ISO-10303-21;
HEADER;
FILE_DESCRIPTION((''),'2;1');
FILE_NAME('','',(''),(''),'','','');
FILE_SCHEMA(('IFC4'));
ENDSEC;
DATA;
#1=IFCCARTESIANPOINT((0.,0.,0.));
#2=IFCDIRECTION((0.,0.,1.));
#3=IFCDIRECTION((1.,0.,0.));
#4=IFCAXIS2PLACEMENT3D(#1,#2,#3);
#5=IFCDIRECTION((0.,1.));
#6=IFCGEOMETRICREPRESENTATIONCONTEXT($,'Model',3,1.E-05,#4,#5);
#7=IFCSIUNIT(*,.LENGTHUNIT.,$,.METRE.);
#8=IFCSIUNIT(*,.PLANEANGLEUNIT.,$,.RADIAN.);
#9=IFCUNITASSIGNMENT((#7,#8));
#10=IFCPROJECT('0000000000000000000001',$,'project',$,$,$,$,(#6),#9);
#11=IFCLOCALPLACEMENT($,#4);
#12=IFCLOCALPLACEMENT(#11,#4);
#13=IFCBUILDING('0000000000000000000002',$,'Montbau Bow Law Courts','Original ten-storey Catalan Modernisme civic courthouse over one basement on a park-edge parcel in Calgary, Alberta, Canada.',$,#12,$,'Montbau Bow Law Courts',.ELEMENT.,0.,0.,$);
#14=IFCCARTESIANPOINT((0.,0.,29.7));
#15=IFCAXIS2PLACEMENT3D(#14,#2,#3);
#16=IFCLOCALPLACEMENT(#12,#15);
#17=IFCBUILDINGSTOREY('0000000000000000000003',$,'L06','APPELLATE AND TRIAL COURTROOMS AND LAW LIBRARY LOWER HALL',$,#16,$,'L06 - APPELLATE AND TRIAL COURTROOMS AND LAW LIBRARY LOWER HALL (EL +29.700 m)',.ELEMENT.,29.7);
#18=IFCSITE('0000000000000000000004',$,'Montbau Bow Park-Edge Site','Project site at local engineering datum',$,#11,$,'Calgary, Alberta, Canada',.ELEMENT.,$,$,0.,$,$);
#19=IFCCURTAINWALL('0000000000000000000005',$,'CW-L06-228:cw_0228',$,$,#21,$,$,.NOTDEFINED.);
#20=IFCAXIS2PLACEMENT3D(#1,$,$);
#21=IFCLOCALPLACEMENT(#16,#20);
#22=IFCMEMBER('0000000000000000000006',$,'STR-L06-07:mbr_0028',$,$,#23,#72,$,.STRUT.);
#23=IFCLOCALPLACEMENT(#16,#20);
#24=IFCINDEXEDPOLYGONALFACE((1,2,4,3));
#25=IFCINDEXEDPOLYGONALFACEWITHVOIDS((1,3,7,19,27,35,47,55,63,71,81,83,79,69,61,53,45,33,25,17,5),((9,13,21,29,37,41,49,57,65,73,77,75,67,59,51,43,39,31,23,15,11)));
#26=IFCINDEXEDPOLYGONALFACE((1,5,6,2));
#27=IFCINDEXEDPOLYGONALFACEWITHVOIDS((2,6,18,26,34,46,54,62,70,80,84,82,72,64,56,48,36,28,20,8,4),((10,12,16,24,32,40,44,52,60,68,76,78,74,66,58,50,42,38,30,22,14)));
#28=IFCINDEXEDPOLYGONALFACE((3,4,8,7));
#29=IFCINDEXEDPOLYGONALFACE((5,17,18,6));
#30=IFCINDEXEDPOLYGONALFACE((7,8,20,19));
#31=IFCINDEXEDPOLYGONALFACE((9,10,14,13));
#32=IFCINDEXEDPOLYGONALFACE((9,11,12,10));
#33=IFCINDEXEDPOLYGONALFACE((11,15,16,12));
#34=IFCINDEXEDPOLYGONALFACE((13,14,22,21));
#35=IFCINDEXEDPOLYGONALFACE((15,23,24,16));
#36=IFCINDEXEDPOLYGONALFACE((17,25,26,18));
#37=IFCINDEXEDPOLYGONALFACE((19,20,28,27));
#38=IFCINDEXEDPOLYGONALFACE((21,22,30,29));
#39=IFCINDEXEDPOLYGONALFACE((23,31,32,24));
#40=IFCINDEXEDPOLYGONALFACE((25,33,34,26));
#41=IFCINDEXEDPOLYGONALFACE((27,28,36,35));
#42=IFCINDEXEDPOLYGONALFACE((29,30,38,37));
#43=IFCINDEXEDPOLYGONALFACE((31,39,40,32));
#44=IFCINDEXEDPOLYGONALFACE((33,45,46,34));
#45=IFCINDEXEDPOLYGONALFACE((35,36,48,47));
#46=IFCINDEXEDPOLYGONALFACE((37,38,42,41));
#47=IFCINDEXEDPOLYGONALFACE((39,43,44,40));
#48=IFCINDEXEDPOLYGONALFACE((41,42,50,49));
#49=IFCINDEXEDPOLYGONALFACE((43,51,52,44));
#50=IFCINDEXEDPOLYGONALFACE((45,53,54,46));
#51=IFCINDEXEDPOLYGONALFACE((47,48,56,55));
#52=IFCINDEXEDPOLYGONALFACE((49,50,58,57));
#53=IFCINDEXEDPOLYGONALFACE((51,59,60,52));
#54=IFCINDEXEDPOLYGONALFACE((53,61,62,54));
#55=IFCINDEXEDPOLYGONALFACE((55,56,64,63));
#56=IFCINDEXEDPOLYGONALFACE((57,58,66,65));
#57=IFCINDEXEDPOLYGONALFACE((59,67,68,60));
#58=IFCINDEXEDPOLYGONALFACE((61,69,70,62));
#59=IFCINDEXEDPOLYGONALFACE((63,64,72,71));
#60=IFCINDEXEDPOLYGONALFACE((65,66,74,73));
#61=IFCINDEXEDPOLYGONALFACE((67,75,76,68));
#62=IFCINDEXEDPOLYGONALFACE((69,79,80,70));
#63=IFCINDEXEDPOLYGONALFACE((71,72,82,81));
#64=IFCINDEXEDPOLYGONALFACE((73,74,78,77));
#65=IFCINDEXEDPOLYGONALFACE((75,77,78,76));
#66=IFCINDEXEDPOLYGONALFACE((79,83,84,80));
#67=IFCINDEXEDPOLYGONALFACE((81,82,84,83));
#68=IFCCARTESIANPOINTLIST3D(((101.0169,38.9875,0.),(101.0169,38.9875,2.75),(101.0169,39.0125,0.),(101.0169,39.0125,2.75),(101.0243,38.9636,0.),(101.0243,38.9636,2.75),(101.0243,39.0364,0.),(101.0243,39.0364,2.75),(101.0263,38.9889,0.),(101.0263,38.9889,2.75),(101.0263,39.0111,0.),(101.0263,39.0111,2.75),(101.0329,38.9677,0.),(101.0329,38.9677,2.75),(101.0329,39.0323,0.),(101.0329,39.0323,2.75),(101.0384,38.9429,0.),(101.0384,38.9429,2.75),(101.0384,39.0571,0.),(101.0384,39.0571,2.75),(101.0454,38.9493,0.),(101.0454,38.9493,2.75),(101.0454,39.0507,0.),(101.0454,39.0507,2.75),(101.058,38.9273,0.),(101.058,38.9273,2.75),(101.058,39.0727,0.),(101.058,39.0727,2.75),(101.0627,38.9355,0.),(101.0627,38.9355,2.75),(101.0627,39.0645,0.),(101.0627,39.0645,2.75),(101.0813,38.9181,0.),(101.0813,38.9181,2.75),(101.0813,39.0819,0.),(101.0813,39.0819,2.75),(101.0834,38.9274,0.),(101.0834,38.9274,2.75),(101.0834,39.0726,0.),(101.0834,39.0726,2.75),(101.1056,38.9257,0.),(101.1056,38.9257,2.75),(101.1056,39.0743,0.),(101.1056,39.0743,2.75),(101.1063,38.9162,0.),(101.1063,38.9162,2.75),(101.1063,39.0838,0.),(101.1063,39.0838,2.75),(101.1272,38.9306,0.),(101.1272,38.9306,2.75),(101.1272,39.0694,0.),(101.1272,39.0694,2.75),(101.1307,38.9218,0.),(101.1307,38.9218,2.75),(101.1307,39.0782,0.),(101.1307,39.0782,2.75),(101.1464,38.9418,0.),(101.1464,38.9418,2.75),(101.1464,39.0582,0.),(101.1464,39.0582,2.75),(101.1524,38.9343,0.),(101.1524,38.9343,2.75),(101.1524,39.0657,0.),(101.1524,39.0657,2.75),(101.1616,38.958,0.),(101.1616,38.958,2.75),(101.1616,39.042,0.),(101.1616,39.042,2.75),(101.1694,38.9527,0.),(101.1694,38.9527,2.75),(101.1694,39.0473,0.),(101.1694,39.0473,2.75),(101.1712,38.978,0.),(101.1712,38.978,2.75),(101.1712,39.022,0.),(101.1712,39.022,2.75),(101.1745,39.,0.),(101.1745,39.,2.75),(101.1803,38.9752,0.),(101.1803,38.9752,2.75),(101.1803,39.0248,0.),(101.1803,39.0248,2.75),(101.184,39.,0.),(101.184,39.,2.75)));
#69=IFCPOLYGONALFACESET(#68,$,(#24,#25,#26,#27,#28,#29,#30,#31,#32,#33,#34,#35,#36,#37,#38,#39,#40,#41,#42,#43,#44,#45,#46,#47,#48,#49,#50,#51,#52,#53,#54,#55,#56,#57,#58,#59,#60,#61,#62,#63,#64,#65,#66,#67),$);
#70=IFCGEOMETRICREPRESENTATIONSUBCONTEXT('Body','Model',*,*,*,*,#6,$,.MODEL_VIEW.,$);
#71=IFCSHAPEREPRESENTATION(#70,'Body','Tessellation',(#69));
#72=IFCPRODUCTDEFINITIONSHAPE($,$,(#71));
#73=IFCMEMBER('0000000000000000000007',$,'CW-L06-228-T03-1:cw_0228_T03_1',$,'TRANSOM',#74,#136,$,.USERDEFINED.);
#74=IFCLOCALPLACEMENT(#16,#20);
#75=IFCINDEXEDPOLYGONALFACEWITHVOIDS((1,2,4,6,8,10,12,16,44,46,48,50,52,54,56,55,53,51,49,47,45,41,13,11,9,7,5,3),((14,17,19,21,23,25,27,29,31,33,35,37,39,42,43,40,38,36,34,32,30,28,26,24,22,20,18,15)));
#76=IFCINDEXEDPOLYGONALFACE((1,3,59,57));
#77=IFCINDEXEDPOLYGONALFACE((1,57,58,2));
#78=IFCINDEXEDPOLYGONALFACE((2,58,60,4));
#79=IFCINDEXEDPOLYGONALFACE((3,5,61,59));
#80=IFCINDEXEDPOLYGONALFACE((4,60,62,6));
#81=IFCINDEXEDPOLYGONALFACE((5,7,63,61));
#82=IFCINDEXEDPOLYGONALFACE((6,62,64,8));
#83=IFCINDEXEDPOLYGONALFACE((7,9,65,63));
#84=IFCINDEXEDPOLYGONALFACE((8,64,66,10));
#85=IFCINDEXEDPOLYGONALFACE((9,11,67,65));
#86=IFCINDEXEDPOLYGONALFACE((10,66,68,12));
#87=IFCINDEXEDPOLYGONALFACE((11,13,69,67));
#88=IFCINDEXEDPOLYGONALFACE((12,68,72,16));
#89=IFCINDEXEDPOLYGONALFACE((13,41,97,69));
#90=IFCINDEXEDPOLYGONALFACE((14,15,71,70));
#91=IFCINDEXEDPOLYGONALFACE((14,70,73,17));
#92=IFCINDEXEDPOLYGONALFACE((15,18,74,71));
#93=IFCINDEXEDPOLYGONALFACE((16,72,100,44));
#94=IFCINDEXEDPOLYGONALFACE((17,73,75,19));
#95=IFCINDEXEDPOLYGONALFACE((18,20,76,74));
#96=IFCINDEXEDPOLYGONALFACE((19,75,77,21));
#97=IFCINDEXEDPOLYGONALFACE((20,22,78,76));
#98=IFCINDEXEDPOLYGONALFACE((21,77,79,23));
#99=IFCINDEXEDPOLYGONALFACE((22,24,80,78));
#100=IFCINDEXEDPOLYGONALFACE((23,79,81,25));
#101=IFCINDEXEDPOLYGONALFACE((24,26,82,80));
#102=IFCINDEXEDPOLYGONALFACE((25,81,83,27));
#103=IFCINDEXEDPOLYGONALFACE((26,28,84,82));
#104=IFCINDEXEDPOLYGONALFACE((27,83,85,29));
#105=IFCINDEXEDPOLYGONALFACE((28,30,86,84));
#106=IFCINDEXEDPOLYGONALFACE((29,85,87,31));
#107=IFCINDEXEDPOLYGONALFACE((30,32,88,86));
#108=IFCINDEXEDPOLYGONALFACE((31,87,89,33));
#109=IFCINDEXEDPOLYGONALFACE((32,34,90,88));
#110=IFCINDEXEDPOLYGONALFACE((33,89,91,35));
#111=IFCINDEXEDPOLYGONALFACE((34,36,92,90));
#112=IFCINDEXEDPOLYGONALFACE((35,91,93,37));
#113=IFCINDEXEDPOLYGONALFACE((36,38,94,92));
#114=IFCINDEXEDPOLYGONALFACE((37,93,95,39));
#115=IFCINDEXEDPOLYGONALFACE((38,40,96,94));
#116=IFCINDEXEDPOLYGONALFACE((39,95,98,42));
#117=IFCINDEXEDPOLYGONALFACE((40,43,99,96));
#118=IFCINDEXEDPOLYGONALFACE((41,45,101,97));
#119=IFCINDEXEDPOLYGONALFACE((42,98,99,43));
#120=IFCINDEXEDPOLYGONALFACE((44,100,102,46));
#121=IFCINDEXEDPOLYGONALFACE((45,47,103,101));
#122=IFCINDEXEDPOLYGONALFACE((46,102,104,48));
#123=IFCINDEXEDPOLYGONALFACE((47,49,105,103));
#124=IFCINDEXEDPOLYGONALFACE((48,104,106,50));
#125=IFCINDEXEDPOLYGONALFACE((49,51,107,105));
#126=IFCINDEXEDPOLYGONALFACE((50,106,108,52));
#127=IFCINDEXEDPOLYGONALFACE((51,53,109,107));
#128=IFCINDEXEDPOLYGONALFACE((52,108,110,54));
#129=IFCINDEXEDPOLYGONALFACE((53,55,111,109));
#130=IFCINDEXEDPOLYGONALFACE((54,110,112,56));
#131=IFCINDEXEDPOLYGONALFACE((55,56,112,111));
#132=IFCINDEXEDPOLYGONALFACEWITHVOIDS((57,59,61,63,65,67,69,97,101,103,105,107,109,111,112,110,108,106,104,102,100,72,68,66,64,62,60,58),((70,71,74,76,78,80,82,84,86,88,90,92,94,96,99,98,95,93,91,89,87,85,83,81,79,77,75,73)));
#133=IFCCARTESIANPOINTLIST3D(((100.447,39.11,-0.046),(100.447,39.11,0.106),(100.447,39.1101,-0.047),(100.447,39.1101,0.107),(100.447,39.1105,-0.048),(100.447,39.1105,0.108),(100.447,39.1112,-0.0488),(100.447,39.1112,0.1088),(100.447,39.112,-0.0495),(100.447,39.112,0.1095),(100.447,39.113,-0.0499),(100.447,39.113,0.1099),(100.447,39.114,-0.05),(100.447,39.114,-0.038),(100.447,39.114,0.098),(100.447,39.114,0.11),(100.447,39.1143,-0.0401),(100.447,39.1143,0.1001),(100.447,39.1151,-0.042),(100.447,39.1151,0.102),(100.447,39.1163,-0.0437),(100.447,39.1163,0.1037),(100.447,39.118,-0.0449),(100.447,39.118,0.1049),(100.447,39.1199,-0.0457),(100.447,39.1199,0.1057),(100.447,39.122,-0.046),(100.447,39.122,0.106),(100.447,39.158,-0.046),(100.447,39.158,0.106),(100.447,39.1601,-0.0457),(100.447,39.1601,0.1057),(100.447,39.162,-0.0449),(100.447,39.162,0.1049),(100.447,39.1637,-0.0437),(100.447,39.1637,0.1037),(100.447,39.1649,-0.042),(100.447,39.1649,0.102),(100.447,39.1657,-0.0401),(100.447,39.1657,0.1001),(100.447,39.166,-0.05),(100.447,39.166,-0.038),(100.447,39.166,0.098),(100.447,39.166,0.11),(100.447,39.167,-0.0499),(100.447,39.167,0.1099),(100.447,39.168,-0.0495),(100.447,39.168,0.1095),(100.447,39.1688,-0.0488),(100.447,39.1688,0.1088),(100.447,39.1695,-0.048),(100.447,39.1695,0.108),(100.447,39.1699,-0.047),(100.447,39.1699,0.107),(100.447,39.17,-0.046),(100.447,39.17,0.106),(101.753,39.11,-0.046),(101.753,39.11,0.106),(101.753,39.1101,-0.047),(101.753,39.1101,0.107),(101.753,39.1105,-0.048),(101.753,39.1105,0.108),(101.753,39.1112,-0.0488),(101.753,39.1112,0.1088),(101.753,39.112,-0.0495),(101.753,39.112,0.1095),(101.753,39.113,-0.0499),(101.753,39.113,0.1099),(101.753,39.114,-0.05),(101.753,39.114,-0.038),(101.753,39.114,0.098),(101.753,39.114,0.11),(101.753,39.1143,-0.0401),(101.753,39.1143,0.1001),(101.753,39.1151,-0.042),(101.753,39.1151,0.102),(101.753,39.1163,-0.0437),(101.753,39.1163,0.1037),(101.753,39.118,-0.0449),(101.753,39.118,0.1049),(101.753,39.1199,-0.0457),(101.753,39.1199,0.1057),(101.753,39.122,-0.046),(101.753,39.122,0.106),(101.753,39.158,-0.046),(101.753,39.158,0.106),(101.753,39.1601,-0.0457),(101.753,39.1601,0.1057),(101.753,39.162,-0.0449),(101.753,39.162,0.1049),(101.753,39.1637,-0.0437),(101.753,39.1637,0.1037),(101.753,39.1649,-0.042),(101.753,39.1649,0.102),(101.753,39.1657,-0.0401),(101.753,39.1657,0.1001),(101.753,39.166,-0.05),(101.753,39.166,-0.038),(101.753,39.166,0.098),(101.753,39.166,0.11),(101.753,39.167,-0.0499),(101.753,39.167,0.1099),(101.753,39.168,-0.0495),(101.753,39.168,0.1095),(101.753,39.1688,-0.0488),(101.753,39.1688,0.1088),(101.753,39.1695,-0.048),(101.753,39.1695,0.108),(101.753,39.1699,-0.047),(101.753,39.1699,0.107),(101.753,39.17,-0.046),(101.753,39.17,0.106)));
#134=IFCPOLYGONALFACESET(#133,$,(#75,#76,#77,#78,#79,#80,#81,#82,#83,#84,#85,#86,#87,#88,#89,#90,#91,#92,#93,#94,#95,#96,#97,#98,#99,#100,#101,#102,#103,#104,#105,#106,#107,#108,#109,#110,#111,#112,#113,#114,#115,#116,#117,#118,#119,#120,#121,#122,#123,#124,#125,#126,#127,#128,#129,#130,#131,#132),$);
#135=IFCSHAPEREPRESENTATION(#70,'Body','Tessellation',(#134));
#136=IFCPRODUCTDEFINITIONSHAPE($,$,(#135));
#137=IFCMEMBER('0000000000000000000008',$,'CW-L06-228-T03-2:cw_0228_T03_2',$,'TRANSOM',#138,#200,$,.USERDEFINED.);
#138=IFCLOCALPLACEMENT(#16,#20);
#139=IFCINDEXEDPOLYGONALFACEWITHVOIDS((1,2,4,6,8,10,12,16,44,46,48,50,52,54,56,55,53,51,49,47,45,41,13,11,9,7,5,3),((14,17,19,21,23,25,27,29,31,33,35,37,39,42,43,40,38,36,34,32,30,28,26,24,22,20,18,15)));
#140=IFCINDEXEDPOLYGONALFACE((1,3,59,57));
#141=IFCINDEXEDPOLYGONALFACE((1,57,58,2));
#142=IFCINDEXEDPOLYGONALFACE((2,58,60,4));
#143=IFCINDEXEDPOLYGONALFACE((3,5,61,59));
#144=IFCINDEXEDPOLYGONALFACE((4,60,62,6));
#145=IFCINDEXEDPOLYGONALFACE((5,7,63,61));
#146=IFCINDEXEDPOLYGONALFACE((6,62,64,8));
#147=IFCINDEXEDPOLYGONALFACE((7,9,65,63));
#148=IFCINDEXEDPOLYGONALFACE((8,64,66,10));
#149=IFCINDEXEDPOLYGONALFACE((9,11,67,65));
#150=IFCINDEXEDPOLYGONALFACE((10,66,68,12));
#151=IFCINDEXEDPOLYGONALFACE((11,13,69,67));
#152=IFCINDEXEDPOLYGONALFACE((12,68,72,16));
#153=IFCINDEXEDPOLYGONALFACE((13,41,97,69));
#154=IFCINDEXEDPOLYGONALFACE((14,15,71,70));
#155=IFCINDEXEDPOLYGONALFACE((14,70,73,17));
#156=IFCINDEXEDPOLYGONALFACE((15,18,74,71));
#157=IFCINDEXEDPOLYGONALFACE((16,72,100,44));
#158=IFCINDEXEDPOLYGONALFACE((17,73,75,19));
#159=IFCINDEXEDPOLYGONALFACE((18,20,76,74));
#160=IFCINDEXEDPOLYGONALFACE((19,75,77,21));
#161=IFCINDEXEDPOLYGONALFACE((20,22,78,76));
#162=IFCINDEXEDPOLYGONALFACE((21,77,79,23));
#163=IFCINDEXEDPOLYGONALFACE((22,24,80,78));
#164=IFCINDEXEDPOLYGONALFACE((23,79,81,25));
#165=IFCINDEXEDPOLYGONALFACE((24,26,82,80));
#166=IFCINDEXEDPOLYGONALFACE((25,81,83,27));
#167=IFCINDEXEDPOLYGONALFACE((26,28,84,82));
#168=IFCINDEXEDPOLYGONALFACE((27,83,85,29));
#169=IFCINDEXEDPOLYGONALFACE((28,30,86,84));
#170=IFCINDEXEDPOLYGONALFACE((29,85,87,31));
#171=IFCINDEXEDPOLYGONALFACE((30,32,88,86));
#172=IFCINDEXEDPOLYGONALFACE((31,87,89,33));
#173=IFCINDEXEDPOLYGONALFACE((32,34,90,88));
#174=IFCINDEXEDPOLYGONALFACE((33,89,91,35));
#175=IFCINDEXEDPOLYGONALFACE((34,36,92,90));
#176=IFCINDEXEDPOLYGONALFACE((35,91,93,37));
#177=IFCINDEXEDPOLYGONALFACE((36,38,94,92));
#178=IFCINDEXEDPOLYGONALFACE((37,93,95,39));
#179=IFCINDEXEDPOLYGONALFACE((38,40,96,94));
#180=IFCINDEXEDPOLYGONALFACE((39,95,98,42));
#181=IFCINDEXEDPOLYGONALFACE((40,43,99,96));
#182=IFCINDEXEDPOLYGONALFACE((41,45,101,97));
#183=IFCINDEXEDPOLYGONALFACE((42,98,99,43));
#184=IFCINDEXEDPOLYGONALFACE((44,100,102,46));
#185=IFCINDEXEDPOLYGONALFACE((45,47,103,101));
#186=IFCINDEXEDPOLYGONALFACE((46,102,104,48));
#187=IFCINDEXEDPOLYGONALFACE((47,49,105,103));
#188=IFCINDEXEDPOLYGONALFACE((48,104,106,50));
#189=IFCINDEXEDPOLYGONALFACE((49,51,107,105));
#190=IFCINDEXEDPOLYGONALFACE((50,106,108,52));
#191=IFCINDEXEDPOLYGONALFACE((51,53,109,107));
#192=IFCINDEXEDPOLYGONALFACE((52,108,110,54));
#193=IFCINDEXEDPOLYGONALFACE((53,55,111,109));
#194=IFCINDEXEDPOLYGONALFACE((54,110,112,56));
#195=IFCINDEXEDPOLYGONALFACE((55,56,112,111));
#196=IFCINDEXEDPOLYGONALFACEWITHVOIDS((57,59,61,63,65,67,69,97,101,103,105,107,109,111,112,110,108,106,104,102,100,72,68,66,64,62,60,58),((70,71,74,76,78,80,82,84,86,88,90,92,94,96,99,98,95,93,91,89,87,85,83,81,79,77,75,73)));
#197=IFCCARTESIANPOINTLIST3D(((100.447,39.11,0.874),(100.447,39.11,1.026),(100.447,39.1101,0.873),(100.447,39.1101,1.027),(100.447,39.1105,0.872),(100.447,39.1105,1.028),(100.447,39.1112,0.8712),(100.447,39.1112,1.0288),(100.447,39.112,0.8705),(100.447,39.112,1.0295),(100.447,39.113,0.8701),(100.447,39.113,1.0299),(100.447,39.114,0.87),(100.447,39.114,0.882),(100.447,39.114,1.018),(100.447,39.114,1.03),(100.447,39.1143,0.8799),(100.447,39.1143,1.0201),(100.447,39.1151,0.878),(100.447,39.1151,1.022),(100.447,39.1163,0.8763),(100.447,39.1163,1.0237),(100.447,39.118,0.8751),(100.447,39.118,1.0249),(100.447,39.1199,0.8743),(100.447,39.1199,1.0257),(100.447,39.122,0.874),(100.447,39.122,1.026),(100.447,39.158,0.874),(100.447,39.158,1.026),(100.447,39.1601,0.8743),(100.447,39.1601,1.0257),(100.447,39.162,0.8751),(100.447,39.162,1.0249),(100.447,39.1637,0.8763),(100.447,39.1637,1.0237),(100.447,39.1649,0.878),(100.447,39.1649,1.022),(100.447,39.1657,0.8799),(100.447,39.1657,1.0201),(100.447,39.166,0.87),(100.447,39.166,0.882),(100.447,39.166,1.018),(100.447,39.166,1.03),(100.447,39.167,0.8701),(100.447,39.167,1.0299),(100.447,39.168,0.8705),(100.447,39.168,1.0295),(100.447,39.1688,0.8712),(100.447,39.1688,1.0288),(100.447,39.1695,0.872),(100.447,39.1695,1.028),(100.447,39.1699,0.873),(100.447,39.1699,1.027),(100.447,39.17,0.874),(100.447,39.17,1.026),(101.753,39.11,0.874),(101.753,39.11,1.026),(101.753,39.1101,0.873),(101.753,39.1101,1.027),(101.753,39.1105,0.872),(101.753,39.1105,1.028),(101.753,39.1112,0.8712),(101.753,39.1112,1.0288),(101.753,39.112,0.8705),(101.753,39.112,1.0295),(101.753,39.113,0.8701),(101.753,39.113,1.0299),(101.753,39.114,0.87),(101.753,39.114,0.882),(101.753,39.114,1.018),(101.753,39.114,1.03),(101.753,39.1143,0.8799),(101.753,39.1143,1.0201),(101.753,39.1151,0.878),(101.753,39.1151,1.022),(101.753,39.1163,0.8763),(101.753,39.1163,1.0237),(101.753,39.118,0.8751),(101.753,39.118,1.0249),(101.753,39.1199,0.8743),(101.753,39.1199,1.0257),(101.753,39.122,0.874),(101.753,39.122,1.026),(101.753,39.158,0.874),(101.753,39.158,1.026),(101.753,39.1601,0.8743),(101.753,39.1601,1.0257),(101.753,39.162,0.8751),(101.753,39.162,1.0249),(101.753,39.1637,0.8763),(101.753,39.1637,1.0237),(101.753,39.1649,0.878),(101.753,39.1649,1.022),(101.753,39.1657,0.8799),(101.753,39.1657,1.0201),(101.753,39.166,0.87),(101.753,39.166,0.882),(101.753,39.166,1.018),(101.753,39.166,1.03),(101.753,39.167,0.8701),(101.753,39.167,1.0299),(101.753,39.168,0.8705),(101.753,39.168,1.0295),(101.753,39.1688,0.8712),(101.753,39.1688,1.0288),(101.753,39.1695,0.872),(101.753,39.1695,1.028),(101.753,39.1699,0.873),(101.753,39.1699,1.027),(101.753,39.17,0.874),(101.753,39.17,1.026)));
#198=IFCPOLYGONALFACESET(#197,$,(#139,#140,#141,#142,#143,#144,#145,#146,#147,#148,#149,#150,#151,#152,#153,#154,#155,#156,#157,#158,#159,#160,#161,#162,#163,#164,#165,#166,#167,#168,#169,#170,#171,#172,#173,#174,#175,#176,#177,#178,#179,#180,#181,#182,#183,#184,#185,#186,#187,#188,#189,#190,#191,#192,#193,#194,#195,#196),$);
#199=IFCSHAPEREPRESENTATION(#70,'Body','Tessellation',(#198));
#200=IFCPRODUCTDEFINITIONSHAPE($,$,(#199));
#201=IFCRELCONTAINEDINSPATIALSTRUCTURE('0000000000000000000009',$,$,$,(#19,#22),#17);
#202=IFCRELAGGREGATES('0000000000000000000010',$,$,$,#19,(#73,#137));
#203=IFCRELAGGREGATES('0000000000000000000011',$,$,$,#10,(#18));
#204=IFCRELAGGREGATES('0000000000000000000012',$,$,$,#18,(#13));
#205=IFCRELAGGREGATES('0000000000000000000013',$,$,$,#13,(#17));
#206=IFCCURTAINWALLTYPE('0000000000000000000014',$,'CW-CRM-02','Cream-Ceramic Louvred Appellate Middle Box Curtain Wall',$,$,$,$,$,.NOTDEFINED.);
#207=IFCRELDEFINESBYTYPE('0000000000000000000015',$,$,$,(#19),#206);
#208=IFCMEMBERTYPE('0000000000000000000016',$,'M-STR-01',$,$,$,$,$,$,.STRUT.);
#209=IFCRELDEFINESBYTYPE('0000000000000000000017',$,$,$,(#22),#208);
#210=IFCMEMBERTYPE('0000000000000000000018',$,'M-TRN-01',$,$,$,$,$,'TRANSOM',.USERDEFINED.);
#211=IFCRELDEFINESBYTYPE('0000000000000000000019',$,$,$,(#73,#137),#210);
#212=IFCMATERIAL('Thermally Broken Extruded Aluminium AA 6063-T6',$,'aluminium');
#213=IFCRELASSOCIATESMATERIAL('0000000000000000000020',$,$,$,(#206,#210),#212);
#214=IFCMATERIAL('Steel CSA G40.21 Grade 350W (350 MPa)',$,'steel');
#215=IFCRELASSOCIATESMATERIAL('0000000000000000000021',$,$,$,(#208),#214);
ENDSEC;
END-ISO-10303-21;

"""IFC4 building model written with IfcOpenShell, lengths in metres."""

from ifc_helpers import new_model, si_unit, direction, frame, origin_with_axes, origin_2d_with_axis, place, context, subcontext, project, spatial, hollow_rectangle, hollow_circle, extrude, material, material_profile, profile_set, type_object, element, aggregate, save


model = new_model("IFC4")

# Units and contexts
model_context = context("Model", 3, precision=1e-05, world=origin_with_axes(), true_north=direction((0.0, 1.0)))
body_context = subcontext(model_context, "Body", "Model", "MODEL_VIEW")
ifc_project = project(units=[si_unit("LENGTHUNIT", "METRE"), si_unit("PLANEANGLEUNIT", "RADIAN")], contexts=[model_context])

# Site, building, storey
site_placement = place(None, origin_with_axes())
site = spatial("IfcSite", under=ifc_project, at=site_placement, Name="Montbau Bow Park-Edge Site", Description="Project site at local engineering datum", LongName="Calgary, Alberta, Canada", CompositionType="ELEMENT", RefElevation=0.0)
building_placement = place(site_placement, origin_with_axes())
building = spatial("IfcBuilding", under=site, at=building_placement, Name="Montbau Bow Law Courts", Description="Original ten-storey Catalan Modernisme civic courthouse over one basement on a park-edge parcel in Calgary, Alberta, Canada.", LongName="Montbau Bow Law Courts", CompositionType="ELEMENT", ElevationOfRefHeight=0.0, ElevationOfTerrain=0.0)
storey_placement = place(building_placement, frame((0.0, 0.0, 29.7), z_axis=(0.0, 0.0, 1.0), x_axis=(1.0, 0.0, 0.0)))
storey = spatial("IfcBuildingStorey", under=building, at=storey_placement, Name="L06", Description="APPELLATE AND TRIAL COURTROOMS AND LAW LIBRARY LOWER HALL", LongName="L06 - APPELLATE AND TRIAL COURTROOMS AND LAW LIBRARY LOWER HALL (EL +29.700 m)", CompositionType="ELEMENT", Elevation=29.7)

# Shared definitions
ifc_material_1 = material(Name="Steel CSA G40.21 Grade 350W (350 MPa)", Category="steel")

# Curtain wall
ifc_material_2 = material(Name="Thermally Broken Extruded Aluminium AA 6063-T6", Category="aluminium")
curtain_wall_type = type_object("IfcCurtainWallType", Name="CW-CRM-02", Description="Cream-Ceramic Louvred Appellate Middle Box Curtain Wall", PredefinedType="NOTDEFINED", material=ifc_material_2)
curtain_wall_placement = place(None, frame((97.64, 39.14, 29.7), z_axis=(0.0, 0.0, 1.0), x_axis=(1.0, 0.0, 0.0)))
curtain_wall = element("IfcCurtainWall", 1, at=curtain_wall_placement, inside=storey, type_object=curtain_wall_type, Name="CW-L06-228:cw_0228", PredefinedType="NOTDEFINED")

# Members
ifc_material_profile_1 = material_profile(ifc_material_1, hollow_circle(Radius=0.084, WallThickness=0.0095, at=origin_2d_with_axis()), Name="HSS168X9.5", Category="Main", Priority=0)
ifc_profile_set_1 = profile_set([ifc_material_profile_1], Name="Steel CSA G40.21 Grade 350W (350 MPa)")
member_type_1 = type_object("IfcMemberType", Name="M-STR-01", PredefinedType="STRUT", material=ifc_profile_set_1)
member_1_placement = place(None, frame((101.1, 39.0, 29.7), z_axis=(0.0, 0.0, 1.0), x_axis=(1.0, 0.0, 0.0)))
element("IfcMember", 2, at=member_1_placement, inside=storey, type_object=member_type_1, Name="STR-L06-07:mbr_0028", PredefinedType="STRUT", context=body_context, shape_type="SweptSolid", body=[
    extrude(hollow_circle(Radius=0.084, WallThickness=0.0095, at=origin_2d_with_axis()), origin_with_axes(), (0.0, 0.0, 1.0), 2.75),
])
ifc_material_profile_2 = material_profile(ifc_material_2, hollow_rectangle(XDim=0.06, YDim=0.16, WallThickness=0.004, InnerFilletRadius=0.008, OuterFilletRadius=0.004, at=origin_2d_with_axis()), Name="CWT-160X60", Category="Main", Priority=0)
ifc_profile_set_2 = profile_set([ifc_material_profile_2], Name="Thermally Broken Extruded Aluminium AA 6063-T6")
member_type_2 = type_object("IfcMemberType", Name="M-TRN-01", ElementType="TRANSOM", PredefinedType="USERDEFINED", material=ifc_profile_set_2)
member_2_placement = place(None, frame((100.447, 39.14, 29.73), z_axis=(1.0, 0.0, 0.0), x_axis=(0.0, 1.0, 0.0)))
member_2 = element("IfcMember", 3, at=member_2_placement, type_object=member_type_2, Name="CW-L06-228-T03-1:cw_0228_T03_1", ObjectType="TRANSOM", PredefinedType="USERDEFINED", context=body_context, shape_type="SweptSolid", body=[
    extrude(hollow_rectangle(XDim=0.06, YDim=0.16, WallThickness=0.004, InnerFilletRadius=0.008, OuterFilletRadius=0.004, at=origin_2d_with_axis()), origin_with_axes(), (0.0, 0.0, 1.0), 1.306),
])
member_3_placement = place(None, frame((100.447, 39.14, 30.65), z_axis=(1.0, 0.0, 0.0), x_axis=(0.0, 1.0, 0.0)))
member_3 = element("IfcMember", 4, at=member_3_placement, type_object=member_type_2, Name="CW-L06-228-T03-2:cw_0228_T03_2", ObjectType="TRANSOM", PredefinedType="USERDEFINED", context=body_context, shape_type="SweptSolid", body=[
    extrude(hollow_rectangle(XDim=0.06, YDim=0.16, WallThickness=0.004, InnerFilletRadius=0.008, OuterFilletRadius=0.004, at=origin_2d_with_axis()), origin_with_axes(), (0.0, 0.0, 1.0), 1.306),
])

aggregate(curtain_wall, [member_2, member_3])

save(model, "model.ifc")
